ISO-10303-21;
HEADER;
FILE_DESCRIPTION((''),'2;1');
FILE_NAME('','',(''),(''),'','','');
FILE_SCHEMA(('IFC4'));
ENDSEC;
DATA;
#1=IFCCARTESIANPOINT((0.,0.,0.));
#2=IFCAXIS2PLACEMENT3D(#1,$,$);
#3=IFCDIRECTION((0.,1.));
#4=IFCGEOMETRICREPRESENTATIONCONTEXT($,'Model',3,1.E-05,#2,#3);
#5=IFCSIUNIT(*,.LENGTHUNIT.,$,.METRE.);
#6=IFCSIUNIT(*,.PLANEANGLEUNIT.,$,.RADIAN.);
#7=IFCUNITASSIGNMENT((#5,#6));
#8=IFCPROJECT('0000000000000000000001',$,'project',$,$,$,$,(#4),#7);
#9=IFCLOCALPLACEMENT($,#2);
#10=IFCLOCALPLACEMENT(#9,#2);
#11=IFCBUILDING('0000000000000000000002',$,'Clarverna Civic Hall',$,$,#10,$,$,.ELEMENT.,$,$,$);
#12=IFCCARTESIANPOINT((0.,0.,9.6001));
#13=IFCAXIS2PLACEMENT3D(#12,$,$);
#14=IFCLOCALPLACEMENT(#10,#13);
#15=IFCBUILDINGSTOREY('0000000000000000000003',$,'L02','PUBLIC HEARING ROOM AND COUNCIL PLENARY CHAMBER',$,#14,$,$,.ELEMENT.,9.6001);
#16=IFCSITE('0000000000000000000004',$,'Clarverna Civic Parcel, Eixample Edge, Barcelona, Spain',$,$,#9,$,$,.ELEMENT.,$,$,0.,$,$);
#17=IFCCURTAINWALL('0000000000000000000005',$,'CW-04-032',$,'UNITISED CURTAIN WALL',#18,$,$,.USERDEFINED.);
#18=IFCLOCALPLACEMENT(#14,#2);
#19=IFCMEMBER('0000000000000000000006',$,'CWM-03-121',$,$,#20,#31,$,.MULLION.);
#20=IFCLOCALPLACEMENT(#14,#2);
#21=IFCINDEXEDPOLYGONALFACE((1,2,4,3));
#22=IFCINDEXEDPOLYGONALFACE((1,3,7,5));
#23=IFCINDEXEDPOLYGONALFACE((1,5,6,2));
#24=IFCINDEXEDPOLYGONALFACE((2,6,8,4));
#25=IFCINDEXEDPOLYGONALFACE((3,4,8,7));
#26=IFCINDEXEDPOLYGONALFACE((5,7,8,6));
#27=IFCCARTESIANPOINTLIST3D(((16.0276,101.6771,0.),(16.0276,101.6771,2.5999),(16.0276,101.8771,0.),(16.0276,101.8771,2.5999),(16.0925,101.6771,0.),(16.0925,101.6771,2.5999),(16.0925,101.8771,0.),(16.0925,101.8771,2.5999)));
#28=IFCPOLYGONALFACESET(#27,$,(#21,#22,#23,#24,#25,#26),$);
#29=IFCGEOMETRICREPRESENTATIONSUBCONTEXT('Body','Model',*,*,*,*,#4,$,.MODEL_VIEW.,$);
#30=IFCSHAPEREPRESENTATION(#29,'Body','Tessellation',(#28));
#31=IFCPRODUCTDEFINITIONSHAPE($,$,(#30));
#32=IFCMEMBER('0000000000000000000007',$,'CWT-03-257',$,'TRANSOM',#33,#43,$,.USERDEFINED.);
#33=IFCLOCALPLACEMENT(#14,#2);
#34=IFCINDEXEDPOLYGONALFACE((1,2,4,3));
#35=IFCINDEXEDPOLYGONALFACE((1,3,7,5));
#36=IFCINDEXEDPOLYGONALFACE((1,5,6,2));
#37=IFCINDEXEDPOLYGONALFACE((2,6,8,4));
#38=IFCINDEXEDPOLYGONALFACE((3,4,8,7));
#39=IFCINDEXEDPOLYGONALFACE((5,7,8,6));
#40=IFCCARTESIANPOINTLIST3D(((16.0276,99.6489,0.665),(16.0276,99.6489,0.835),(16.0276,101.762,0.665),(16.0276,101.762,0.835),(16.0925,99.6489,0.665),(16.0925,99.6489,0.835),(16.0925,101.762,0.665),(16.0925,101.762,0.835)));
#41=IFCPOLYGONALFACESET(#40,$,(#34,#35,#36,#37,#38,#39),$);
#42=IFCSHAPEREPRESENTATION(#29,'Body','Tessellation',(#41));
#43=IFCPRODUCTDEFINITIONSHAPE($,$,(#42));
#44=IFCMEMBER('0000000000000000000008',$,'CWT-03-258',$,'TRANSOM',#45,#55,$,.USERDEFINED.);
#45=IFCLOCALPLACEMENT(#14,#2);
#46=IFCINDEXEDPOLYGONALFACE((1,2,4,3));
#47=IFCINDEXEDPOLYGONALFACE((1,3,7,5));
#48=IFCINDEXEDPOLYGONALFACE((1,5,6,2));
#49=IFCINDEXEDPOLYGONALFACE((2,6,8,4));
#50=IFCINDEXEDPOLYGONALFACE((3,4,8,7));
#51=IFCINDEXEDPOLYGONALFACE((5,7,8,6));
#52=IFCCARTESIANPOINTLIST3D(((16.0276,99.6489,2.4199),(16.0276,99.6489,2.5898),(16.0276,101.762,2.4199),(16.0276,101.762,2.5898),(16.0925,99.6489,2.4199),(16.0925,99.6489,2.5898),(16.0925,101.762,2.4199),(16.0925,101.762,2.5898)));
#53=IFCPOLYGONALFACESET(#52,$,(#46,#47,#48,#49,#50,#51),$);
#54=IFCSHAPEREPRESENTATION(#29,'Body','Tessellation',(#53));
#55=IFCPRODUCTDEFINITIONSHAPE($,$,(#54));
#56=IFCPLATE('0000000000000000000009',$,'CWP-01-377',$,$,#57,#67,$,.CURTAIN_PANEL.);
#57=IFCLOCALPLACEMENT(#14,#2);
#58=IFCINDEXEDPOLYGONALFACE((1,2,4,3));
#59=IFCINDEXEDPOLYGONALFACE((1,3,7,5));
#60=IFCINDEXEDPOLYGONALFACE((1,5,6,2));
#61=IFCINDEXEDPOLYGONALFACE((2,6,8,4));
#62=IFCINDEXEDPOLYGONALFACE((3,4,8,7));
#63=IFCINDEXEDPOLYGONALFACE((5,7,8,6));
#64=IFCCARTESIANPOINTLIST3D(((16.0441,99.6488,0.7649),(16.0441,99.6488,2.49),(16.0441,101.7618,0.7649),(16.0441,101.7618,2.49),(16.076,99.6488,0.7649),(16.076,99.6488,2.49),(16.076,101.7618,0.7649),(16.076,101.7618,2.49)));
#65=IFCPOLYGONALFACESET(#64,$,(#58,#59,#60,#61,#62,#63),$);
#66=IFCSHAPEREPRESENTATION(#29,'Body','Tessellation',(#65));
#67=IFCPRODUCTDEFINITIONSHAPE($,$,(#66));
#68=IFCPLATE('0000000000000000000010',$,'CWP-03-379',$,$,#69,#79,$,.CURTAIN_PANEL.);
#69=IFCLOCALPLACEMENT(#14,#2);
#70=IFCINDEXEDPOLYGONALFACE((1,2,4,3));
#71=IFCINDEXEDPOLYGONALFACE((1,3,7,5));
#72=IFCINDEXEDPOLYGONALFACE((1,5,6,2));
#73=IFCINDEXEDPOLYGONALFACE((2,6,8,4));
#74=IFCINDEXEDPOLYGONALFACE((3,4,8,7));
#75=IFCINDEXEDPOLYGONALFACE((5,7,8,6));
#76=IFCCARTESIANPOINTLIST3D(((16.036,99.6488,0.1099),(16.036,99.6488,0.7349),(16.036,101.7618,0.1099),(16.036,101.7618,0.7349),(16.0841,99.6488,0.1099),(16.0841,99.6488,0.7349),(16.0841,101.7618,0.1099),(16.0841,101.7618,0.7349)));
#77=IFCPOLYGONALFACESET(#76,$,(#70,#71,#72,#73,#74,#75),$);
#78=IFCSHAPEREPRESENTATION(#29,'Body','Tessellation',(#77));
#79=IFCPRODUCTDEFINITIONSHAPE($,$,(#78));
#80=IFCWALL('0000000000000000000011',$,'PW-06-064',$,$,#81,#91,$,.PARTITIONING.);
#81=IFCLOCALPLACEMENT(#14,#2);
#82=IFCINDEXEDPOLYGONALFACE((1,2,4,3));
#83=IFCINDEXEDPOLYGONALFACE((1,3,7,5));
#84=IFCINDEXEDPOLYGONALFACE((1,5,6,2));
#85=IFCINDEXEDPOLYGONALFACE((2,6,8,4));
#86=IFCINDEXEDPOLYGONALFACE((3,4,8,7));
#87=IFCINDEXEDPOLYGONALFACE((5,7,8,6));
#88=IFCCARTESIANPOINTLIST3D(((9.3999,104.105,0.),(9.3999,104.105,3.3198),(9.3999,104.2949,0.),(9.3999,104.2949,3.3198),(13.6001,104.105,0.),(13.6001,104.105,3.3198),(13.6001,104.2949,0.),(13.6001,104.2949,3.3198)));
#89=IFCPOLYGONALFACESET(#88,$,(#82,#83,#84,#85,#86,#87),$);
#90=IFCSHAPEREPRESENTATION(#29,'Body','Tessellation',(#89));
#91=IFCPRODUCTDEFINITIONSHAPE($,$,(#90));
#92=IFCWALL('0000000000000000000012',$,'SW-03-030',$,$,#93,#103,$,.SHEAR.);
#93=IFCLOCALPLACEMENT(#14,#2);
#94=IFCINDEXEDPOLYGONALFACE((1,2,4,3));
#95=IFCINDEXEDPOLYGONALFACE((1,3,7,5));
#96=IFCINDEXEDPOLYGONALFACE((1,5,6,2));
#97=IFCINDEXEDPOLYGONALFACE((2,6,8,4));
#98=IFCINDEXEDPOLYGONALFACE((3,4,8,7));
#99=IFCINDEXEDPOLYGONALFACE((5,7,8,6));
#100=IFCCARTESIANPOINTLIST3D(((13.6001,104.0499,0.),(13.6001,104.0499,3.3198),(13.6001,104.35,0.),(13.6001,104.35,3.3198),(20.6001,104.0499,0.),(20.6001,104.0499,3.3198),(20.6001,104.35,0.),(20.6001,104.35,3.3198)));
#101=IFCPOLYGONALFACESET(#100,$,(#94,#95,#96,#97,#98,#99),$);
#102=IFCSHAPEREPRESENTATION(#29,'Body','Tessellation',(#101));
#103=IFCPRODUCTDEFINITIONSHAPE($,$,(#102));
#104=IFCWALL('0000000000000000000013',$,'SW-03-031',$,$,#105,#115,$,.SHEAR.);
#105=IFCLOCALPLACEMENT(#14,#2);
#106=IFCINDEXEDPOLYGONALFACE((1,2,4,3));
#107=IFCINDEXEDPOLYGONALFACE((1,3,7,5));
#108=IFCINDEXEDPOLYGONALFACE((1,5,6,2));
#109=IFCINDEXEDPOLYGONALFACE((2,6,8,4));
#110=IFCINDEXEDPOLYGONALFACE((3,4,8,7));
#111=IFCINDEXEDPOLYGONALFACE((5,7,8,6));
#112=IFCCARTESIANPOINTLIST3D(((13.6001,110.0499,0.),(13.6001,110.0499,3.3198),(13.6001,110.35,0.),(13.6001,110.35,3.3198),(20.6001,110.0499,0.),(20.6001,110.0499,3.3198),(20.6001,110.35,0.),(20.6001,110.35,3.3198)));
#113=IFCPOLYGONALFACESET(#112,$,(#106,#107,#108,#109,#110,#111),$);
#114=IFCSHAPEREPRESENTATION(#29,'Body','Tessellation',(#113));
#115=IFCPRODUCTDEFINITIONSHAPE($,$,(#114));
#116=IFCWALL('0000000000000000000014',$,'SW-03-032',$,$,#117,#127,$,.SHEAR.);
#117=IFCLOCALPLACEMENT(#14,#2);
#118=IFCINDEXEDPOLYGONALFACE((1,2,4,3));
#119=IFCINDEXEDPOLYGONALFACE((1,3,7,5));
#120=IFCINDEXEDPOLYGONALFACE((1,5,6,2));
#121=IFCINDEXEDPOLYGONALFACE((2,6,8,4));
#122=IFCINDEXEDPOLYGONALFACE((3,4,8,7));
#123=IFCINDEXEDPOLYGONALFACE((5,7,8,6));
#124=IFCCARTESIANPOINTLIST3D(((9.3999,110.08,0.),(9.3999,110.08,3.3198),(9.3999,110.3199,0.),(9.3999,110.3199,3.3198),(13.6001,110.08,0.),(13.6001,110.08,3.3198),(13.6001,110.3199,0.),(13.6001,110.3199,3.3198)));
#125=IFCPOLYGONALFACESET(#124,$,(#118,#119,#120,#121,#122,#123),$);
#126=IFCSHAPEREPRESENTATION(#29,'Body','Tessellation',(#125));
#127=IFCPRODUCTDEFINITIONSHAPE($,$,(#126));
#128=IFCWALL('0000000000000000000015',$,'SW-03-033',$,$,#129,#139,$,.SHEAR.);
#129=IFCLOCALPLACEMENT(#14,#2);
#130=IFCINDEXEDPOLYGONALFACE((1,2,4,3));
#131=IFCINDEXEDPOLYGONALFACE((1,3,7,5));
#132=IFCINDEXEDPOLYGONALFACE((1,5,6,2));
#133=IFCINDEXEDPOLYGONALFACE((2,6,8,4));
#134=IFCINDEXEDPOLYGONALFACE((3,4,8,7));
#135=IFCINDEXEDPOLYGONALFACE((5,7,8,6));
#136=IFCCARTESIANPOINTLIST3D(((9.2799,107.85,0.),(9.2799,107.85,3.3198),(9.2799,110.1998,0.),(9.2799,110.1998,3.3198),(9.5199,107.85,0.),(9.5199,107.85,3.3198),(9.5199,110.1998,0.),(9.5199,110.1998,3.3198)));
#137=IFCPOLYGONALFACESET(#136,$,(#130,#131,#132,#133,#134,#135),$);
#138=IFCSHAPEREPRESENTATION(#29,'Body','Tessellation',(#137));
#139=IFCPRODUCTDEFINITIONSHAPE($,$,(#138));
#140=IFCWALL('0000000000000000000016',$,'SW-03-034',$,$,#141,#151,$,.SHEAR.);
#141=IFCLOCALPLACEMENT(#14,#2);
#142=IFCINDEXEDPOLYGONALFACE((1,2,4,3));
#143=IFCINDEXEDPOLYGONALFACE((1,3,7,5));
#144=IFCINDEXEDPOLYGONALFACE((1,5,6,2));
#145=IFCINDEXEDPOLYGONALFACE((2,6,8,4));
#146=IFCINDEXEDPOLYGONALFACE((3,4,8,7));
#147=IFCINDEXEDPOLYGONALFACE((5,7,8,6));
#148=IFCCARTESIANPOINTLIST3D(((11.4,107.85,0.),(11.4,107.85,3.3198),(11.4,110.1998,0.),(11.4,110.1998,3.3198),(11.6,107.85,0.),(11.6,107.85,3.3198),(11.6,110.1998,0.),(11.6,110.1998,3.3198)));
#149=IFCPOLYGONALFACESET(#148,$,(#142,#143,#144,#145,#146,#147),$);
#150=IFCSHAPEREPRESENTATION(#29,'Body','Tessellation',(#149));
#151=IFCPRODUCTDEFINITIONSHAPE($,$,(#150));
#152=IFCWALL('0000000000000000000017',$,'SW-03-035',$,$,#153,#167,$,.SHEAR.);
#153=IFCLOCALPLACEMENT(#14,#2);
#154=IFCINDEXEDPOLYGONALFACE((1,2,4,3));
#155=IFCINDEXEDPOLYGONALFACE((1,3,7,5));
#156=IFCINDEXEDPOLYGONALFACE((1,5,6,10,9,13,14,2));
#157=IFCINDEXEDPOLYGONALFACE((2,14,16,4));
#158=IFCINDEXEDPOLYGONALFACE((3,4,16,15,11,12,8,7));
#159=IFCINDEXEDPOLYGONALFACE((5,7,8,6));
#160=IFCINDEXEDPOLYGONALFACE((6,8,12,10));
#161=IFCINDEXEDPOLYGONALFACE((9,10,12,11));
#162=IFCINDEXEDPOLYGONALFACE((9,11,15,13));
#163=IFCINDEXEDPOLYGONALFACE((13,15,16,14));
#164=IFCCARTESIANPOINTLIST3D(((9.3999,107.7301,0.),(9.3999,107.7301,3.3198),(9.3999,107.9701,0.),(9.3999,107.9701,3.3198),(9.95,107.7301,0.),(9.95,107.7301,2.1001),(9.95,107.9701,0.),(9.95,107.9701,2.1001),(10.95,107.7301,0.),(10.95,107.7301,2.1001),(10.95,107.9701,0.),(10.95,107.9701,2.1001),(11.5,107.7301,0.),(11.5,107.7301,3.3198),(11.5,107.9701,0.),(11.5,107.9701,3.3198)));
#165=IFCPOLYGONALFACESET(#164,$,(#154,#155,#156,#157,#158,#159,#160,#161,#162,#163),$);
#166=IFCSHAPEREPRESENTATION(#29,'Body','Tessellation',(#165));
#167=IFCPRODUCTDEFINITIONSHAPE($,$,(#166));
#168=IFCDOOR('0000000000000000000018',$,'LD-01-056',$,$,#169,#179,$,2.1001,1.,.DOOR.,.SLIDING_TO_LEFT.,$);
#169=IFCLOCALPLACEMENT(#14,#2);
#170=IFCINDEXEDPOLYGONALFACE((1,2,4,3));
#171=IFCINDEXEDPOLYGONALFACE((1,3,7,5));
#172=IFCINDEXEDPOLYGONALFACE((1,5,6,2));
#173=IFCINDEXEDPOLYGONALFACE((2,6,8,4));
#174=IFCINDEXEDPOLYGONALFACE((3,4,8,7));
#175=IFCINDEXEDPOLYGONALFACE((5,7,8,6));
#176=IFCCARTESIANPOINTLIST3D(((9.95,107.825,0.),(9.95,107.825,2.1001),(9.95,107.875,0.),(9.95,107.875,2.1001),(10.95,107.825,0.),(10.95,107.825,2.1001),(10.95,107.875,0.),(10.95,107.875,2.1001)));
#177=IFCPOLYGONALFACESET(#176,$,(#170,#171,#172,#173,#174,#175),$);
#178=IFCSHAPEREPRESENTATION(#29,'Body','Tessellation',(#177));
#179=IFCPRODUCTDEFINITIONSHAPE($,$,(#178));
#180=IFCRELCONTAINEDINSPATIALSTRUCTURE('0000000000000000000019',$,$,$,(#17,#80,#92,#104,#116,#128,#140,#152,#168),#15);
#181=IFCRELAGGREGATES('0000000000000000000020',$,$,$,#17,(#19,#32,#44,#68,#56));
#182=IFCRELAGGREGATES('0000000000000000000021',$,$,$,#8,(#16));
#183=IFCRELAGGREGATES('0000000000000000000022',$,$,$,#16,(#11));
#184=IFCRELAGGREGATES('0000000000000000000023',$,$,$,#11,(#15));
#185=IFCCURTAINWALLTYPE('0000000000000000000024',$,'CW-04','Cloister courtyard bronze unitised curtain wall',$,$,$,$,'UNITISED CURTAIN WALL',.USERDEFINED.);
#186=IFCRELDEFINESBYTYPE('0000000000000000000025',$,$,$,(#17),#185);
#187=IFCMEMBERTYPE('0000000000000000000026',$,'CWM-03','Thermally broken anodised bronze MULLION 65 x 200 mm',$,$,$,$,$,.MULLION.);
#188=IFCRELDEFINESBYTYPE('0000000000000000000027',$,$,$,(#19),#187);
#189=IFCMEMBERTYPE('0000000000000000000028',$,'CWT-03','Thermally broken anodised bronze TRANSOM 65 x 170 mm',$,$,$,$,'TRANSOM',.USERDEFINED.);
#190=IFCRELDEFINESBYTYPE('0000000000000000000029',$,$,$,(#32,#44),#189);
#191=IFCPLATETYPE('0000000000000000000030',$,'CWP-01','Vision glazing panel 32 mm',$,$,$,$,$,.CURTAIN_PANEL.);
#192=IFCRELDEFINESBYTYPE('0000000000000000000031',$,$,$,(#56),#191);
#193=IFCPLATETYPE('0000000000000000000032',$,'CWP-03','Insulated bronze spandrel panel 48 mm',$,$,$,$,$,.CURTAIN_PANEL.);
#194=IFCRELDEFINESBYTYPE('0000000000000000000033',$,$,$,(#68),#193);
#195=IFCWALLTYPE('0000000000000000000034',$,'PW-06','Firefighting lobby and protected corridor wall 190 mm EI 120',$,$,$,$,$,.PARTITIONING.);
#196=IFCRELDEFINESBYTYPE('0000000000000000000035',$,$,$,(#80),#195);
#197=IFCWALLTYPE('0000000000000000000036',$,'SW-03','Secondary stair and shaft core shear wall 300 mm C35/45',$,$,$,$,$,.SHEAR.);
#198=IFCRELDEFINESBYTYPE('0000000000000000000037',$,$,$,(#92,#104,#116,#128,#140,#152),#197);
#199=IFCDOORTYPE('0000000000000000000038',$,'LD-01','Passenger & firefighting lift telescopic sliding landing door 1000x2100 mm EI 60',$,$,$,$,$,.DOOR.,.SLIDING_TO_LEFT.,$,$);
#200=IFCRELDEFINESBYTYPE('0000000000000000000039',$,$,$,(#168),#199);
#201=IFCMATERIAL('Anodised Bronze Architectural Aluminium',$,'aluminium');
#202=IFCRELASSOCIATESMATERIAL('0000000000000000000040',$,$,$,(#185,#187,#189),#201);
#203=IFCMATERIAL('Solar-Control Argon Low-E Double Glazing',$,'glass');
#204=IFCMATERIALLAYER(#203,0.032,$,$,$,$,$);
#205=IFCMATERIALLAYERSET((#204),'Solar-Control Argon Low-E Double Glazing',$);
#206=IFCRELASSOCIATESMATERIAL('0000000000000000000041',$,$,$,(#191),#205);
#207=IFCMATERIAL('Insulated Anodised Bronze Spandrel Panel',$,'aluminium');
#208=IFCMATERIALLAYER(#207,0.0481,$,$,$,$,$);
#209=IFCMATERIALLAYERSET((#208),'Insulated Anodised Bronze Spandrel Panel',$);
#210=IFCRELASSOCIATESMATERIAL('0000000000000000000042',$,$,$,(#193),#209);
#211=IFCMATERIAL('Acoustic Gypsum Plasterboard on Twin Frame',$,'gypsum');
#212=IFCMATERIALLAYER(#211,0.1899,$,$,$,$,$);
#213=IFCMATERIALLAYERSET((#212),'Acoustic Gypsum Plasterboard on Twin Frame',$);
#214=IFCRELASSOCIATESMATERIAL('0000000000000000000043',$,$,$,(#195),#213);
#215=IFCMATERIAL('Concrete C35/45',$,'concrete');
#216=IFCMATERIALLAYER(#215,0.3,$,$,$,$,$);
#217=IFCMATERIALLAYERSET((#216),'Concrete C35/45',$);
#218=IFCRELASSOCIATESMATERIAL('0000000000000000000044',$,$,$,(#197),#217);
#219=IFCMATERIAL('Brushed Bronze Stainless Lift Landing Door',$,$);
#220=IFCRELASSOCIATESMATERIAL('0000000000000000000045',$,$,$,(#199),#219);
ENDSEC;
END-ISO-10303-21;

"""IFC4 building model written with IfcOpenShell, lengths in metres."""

from ifc_helpers import new_model, si_unit, direction, frame, frame_2d, origin, origin_2d, place, context, subcontext, project, spatial, rectangle, extrude, material, layer, layer_set, material_profile, profile_set, type_object, element, fill, aggregate, save


model = new_model("IFC4")

# Units and contexts
model_context = context("Model", 3, precision=1e-05, world=origin(), true_north=direction((0.0, 1.0)))
body_context = subcontext(model_context, "Body", "Model", "MODEL_VIEW")
ifc_project = project(units=[si_unit("LENGTHUNIT", "METRE"), si_unit("PLANEANGLEUNIT", "RADIAN")], contexts=[model_context])

# Site, building, storey
site_placement = place(None, origin())
site = spatial("IfcSite", under=ifc_project, at=site_placement, Name="Clarverna Civic Parcel, Eixample Edge, Barcelona, Spain", CompositionType="ELEMENT", RefElevation=0.0)
building_placement = place(site_placement, origin())
building = spatial("IfcBuilding", under=site, at=building_placement, Name="Clarverna Civic Hall", CompositionType="ELEMENT")
storey_placement = place(building_placement, frame((0.0, 0.0, 9.6001)))
storey = spatial("IfcBuildingStorey", under=building, at=storey_placement, Name="L02", Description="PUBLIC HEARING ROOM AND COUNCIL PLENARY CHAMBER", CompositionType="ELEMENT", Elevation=9.6001)

# Curtain wall, members, plates
ifc_material_1 = material(Name="Anodised Bronze Architectural Aluminium", Category="aluminium")
curtain_wall_type = type_object("IfcCurtainWallType", Name="CW-04", Description="Cloister courtyard bronze unitised curtain wall", ElementType="UNITISED CURTAIN WALL", PredefinedType="USERDEFINED", material=ifc_material_1)
curtain_wall_placement = place(storey_placement, origin())
curtain_wall = element("IfcCurtainWall", 1, at=curtain_wall_placement, inside=storey, type_object=curtain_wall_type, Name="CW-04-032", ObjectType="UNITISED CURTAIN WALL", PredefinedType="USERDEFINED")
ifc_material_profile_1 = material_profile(ifc_material_1, rectangle(XDim=0.0649, YDim=0.2, at=origin_2d()), Name="BRONZE 65x200")
ifc_profile_set_1 = profile_set([ifc_material_profile_1], Name="Anodised Bronze Architectural Aluminium")
member_type_1 = type_object("IfcMemberType", Name="CWM-03", Description="Thermally broken anodised bronze MULLION 65 x 200 mm", PredefinedType="MULLION", material=ifc_profile_set_1)
member_1_placement = place(storey_placement, frame((16.0601, 101.7771, 0.0), z_axis=(0.0, 0.0, 1.0), x_axis=(1.0, 0.0, 0.0)))
member_1 = element("IfcMember", 2, at=member_1_placement, type_object=member_type_1, Name="CWM-03-121", PredefinedType="MULLION", context=body_context, shape_type="SweptSolid", body=[
    extrude(rectangle(XDim=0.0649, YDim=0.2, at=origin_2d()), origin(), (0.0, 0.0, 1.0), 2.5999),
])
ifc_material_profile_2 = material_profile(ifc_material_1, rectangle(XDim=0.0649, YDim=0.1699, at=origin_2d()), Name="BRONZE 65x170")
ifc_profile_set_2 = profile_set([ifc_material_profile_2], Name="Anodised Bronze Architectural Aluminium")
member_type_2 = type_object("IfcMemberType", Name="CWT-03", Description="Thermally broken anodised bronze TRANSOM 65 x 170 mm", ElementType="TRANSOM", PredefinedType="USERDEFINED", material=ifc_profile_set_2)
member_2_placement = place(storey_placement, frame((16.0601, 101.762, 0.75), z_axis=(0.0, -1.0, 0.0), x_axis=(1.0, 0.0, 0.0)))
member_2 = element("IfcMember", 3, at=member_2_placement, type_object=member_type_2, Name="CWT-03-257", ObjectType="TRANSOM", PredefinedType="USERDEFINED", context=body_context, shape_type="SweptSolid", body=[
    extrude(rectangle(XDim=0.0649, YDim=0.1699, at=origin_2d()), origin(), (0.0, 0.0, 1.0), 2.113),
])
member_3_placement = place(storey_placement, frame((16.0601, 101.762, 2.5049), z_axis=(0.0, -1.0, 0.0), x_axis=(1.0, 0.0, 0.0)))
member_3 = element("IfcMember", 4, at=member_3_placement, type_object=member_type_2, Name="CWT-03-258", ObjectType="TRANSOM", PredefinedType="USERDEFINED", context=body_context, shape_type="SweptSolid", body=[
    extrude(rectangle(XDim=0.0649, YDim=0.1699, at=origin_2d()), origin(), (0.0, 0.0, 1.0), 2.113),
])
ifc_material_2 = material(Name="Solar-Control Argon Low-E Double Glazing", Category="glass")
ifc_layer_1 = layer(ifc_material_2, 0.032)
ifc_layer_set_1 = layer_set([ifc_layer_1], Name="Solar-Control Argon Low-E Double Glazing")
plate_type_1 = type_object("IfcPlateType", Name="CWP-01", Description="Vision glazing panel 32 mm", PredefinedType="CURTAIN_PANEL", material=ifc_layer_set_1)
plate_1_placement = place(storey_placement, frame((16.0601, 101.762, 0.7649), z_axis=(0.0, 0.0, 1.0), x_axis=(0.0, -1.0, 0.0)))
plate_1 = element("IfcPlate", 5, at=plate_1_placement, type_object=plate_type_1, Name="CWP-01-377", PredefinedType="CURTAIN_PANEL", context=body_context, shape_type="SweptSolid", body=[
    extrude(rectangle(XDim=2.113, YDim=0.032, at=frame_2d((1.0566, 0.0))), origin(), (0.0, 0.0, 1.0), 1.7251),
])
ifc_material_3 = material(Name="Insulated Anodised Bronze Spandrel Panel", Category="aluminium")
ifc_layer_2 = layer(ifc_material_3, 0.0481)
ifc_layer_set_2 = layer_set([ifc_layer_2], Name="Insulated Anodised Bronze Spandrel Panel")
plate_type_2 = type_object("IfcPlateType", Name="CWP-03", Description="Insulated bronze spandrel panel 48 mm", PredefinedType="CURTAIN_PANEL", material=ifc_layer_set_2)
plate_2_placement = place(storey_placement, frame((16.0601, 101.762, 0.1099), z_axis=(0.0, 0.0, 1.0), x_axis=(0.0, -1.0, 0.0)))
plate_2 = element("IfcPlate", 6, at=plate_2_placement, type_object=plate_type_2, Name="CWP-03-379", PredefinedType="CURTAIN_PANEL", context=body_context, shape_type="SweptSolid", body=[
    extrude(rectangle(XDim=2.113, YDim=0.0481, at=frame_2d((1.0566, 0.0))), origin(), (0.0, 0.0, 1.0), 0.625),
])
aggregate(curtain_wall, [member_1, member_2, member_3, plate_2, plate_1])

# Shared definitions
ifc_material_4 = material(Name="Acoustic Gypsum Plasterboard on Twin Frame", Category="gypsum")
ifc_layer_3 = layer(ifc_material_4, 0.1899)
ifc_layer_set_3 = layer_set([ifc_layer_3], Name="Acoustic Gypsum Plasterboard on Twin Frame")
wall_type_1 = type_object("IfcWallType", Name="PW-06", Description="Firefighting lobby and protected corridor wall 190 mm EI 120", PredefinedType="PARTITIONING", material=ifc_layer_set_3)

# Wall
wall_1_placement = place(storey_placement, frame((9.3999, 104.2, 0.0), z_axis=(0.0, 0.0, 1.0), x_axis=(1.0, 0.0, 0.0)))
element("IfcWall", 7, at=wall_1_placement, inside=storey, type_object=wall_type_1, Name="PW-06-064", PredefinedType="PARTITIONING", context=body_context, shape_type="SweptSolid", body=[
    extrude(rectangle(XDim=4.2002, YDim=0.1899, at=frame_2d((2.1001, 0.0))), origin(), (0.0, 0.0, 1.0), 3.3198),
])

# Shared definitions
ifc_material_5 = material(Name="Concrete C35/45", Category="concrete")
ifc_layer_4 = layer(ifc_material_5, 0.3)
ifc_layer_set_4 = layer_set([ifc_layer_4], Name="Concrete C35/45")
wall_type_2 = type_object("IfcWallType", Name="SW-03", Description="Secondary stair and shaft core shear wall 300 mm C35/45", PredefinedType="SHEAR", material=ifc_layer_set_4)

# Walls
for number, where, z_axis, x_axis, name in (
    (8, (13.6001, 104.2, 0.0), (0.0, 0.0, 1.0), (1.0, 0.0, 0.0), "SW-03-030"),
    (9, (13.6001, 110.2, 0.0), (0.0, 0.0, 1.0), (1.0, 0.0, 0.0), "SW-03-031"),
):
    element("IfcWall", number, at=place(storey_placement, frame(where, z_axis=z_axis, x_axis=x_axis)), inside=storey, type_object=wall_type_2, Name=name, PredefinedType="SHEAR", context=body_context, shape_type="SweptSolid", body=[
        extrude(rectangle(XDim=7.0, YDim=0.3, at=frame_2d((3.5, 0.0))), origin(), (0.0, 0.0, 1.0), 3.3198),
    ])
wall_2_placement = place(storey_placement, frame((9.3999, 110.2, 0.0), z_axis=(0.0, 0.0, 1.0), x_axis=(1.0, 0.0, 0.0)))
element("IfcWall", 10, at=wall_2_placement, inside=storey, type_object=wall_type_2, Name="SW-03-032", PredefinedType="SHEAR", context=body_context, shape_type="SweptSolid", body=[
    extrude(rectangle(XDim=4.2002, YDim=0.24, at=frame_2d((2.1001, 0.0))), origin(), (0.0, 0.0, 1.0), 3.3198),
])
wall_3_placement = place(storey_placement, frame((9.3999, 107.8501, 0.0), z_axis=(0.0, 0.0, 1.0), x_axis=(0.0, 1.0, 0.0)))
element("IfcWall", 11, at=wall_3_placement, inside=storey, type_object=wall_type_2, Name="SW-03-033", PredefinedType="SHEAR", context=body_context, shape_type="SweptSolid", body=[
    extrude(rectangle(XDim=2.3499, YDim=0.24, at=frame_2d((1.1748, 0.0))), origin(), (0.0, 0.0, 1.0), 3.3198),
])
wall_4_placement = place(storey_placement, frame((11.5, 107.8501, 0.0), z_axis=(0.0, 0.0, 1.0), x_axis=(0.0, 1.0, 0.0)))
element("IfcWall", 12, at=wall_4_placement, inside=storey, type_object=wall_type_2, Name="SW-03-034", PredefinedType="SHEAR", context=body_context, shape_type="SweptSolid", body=[
    extrude(rectangle(XDim=2.3499, YDim=0.2, at=frame_2d((1.1748, 0.0))), origin(), (0.0, 0.0, 1.0), 3.3198),
])

# Wall, opening, door
wall_5_placement = place(storey_placement, frame((9.3999, 107.8501, 0.0), z_axis=(0.0, 0.0, 1.0), x_axis=(1.0, 0.0, 0.0)))
wall_5 = element("IfcWall", 13, at=wall_5_placement, inside=storey, type_object=wall_type_2, Name="SW-03-035", PredefinedType="SHEAR", context=body_context, shape_type="SweptSolid", body=[
    extrude(rectangle(XDim=2.1001, YDim=0.24, at=frame_2d((1.05, 0.0))), origin(), (0.0, 0.0, 1.0), 3.3198),
])
opening_1_placement = place(wall_5_placement, frame((0.55, 0.0, 0.0)))
opening_1 = element("IfcOpeningElement", 14, at=opening_1_placement, cuts=wall_5, PredefinedType="OPENING", context=body_context, shape_type="SweptSolid", body=[
    extrude(rectangle(XDim=1.0, YDim=2.1001, at=frame_2d((0.5, 1.05))), frame((0.0, 0.1299, 0.0), z_axis=(0.0, -1.0, 0.0), x_axis=(1.0, 0.0, 0.0)), (0.0, 0.0, 1.0), 0.26),
])
ifc_material_6 = material(Name="Brushed Bronze Stainless Lift Landing Door")
door_type_1 = type_object("IfcDoorType", Name="LD-01", Description="Passenger & firefighting lift telescopic sliding landing door 1000x2100 mm EI 60", OperationType="SLIDING_TO_LEFT", PredefinedType="DOOR", material=ifc_material_6)
door_1_placement = place(opening_1_placement, origin())
door_1 = element("IfcDoor", 15, at=door_1_placement, inside=storey, type_object=door_type_1, Name="LD-01-056", OperationType="SLIDING_TO_LEFT", OverallHeight=2.1001, OverallWidth=1.0, PredefinedType="DOOR", context=body_context, shape_type="SweptSolid", body=[
    extrude(rectangle(XDim=1.0, YDim=2.1001, at=frame_2d((0.5, 1.05))), frame((0.0, 0.0249, 0.0), z_axis=(0.0, -1.0, 0.0), x_axis=(1.0, 0.0, 0.0)), (0.0, 0.0, 1.0), 0.05),
])
fill(opening_1, door_1)

save(model, "model.ifc")
